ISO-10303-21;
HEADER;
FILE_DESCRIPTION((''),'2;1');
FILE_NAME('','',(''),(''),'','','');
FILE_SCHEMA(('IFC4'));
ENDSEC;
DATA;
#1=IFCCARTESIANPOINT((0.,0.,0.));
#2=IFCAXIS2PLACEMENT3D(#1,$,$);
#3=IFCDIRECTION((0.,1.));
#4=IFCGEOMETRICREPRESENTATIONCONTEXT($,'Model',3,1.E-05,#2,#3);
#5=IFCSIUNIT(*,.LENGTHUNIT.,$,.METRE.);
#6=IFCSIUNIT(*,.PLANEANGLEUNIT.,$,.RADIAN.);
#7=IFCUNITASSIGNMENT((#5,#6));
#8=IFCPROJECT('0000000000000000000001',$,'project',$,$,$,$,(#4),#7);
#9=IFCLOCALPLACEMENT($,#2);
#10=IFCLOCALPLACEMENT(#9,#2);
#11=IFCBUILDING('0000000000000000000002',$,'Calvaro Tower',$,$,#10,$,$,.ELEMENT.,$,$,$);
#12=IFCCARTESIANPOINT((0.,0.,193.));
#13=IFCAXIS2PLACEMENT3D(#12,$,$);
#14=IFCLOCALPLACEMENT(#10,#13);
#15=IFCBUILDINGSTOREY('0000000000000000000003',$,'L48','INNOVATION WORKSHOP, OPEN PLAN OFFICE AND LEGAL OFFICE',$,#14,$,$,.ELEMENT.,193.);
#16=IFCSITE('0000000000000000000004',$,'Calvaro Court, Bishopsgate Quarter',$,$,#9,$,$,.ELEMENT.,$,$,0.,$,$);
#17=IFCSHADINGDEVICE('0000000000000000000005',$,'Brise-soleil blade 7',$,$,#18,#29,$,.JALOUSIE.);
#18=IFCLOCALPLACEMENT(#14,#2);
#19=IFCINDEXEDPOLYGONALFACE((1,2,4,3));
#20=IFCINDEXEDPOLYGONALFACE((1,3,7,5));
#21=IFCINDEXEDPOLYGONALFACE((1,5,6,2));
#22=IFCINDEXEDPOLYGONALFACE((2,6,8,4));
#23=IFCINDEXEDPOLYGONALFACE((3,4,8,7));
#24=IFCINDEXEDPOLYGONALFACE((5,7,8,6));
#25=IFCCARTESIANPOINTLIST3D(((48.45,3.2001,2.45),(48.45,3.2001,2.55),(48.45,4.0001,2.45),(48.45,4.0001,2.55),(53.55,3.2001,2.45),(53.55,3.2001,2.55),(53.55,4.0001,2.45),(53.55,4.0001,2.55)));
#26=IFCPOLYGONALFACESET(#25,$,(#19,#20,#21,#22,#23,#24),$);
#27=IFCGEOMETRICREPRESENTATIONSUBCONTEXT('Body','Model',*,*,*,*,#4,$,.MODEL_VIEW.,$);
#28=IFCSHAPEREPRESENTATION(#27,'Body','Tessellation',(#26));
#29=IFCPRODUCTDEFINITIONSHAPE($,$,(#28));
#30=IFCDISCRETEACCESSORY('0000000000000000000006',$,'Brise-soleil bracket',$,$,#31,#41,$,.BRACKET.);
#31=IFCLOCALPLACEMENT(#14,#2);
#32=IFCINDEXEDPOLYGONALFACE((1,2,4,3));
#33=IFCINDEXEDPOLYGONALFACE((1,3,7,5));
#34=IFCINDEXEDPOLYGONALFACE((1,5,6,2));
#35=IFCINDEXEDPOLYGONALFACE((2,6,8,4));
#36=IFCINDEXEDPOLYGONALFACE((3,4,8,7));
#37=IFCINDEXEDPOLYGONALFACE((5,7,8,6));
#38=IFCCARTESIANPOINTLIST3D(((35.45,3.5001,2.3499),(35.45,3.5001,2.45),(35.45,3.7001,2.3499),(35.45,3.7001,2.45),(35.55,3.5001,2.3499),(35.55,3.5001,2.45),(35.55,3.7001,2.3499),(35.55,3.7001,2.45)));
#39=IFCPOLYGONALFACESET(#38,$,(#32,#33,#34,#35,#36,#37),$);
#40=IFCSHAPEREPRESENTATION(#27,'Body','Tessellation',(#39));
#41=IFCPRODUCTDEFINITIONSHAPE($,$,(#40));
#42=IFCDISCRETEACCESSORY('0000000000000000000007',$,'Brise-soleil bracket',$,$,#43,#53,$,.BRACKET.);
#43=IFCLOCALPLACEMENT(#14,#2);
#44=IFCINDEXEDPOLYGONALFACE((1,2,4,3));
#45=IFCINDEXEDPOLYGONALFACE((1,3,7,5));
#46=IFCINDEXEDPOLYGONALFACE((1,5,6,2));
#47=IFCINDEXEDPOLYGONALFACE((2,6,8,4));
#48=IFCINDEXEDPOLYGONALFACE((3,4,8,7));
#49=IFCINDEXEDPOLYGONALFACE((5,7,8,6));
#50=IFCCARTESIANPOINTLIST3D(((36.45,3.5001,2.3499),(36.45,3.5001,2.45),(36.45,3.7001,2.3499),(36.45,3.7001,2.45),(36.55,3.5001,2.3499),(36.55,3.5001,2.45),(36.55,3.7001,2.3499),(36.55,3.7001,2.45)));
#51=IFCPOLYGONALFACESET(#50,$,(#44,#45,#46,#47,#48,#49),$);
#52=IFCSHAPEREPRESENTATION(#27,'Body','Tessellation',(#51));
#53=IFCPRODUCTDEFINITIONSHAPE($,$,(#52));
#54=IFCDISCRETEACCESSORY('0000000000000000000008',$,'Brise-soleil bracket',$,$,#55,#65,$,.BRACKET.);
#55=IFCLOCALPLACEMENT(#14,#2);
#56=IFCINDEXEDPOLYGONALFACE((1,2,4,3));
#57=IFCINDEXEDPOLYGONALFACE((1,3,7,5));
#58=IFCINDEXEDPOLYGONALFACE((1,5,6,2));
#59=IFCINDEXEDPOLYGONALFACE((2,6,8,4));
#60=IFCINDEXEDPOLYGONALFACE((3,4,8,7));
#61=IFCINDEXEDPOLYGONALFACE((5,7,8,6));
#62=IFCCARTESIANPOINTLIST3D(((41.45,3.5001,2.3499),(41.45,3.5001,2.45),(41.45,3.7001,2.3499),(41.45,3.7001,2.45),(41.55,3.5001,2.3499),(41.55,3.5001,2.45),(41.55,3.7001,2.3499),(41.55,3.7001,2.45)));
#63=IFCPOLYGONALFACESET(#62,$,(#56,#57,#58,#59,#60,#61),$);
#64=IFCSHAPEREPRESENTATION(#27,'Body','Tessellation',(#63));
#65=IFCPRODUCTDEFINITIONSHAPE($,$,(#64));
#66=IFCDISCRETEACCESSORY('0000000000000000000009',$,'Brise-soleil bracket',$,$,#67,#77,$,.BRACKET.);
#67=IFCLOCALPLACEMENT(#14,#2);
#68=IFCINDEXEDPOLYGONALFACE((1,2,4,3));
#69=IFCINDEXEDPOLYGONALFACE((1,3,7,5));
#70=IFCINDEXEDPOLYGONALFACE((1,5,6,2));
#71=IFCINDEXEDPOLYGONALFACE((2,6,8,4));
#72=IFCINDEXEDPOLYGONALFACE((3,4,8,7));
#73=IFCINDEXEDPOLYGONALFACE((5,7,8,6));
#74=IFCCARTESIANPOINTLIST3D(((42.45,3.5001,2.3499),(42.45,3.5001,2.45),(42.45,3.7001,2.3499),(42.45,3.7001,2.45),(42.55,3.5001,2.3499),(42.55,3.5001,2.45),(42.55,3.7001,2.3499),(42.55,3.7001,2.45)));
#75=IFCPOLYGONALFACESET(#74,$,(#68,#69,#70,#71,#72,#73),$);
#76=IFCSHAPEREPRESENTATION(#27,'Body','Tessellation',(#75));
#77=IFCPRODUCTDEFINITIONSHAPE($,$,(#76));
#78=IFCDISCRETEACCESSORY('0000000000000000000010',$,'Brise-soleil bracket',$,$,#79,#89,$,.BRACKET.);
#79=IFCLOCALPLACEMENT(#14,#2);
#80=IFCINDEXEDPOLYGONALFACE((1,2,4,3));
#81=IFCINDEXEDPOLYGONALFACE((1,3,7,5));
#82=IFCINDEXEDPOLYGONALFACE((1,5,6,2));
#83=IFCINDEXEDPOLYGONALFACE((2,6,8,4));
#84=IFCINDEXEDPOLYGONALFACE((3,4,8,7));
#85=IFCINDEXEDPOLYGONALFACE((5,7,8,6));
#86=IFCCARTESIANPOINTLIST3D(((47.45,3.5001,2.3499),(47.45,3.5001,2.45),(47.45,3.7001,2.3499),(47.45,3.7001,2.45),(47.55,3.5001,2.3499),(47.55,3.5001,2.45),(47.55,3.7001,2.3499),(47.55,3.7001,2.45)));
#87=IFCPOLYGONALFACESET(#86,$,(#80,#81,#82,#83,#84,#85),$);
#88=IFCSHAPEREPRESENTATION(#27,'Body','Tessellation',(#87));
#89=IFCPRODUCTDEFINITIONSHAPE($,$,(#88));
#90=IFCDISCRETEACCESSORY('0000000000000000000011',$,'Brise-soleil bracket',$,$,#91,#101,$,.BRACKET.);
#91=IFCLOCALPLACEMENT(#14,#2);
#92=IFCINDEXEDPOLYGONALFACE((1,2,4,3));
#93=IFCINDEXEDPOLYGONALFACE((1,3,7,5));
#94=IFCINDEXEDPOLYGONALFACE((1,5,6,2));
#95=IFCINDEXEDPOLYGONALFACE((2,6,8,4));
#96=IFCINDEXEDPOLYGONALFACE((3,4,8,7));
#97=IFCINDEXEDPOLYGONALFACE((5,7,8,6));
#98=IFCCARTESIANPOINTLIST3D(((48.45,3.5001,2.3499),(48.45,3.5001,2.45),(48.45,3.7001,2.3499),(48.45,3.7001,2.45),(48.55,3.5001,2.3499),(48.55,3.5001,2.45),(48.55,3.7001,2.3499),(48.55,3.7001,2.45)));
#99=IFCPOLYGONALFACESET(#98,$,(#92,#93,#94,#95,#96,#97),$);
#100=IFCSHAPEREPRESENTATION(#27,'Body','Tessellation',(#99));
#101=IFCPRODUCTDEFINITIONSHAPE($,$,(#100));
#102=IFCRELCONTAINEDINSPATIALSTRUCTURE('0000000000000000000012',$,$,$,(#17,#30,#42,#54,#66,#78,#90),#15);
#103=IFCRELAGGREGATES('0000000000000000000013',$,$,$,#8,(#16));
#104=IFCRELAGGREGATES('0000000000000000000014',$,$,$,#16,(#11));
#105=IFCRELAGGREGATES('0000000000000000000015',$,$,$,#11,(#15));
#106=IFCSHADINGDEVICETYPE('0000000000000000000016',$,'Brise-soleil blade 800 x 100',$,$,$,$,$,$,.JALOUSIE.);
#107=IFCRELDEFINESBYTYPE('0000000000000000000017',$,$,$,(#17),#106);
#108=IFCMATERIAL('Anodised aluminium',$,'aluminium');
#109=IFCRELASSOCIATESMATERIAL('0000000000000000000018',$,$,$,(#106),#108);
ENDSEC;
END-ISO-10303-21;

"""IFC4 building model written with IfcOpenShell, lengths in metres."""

from ifc_helpers import new_model, si_unit, direction, frame, origin, origin_2d, place, context, subcontext, project, spatial, rectangle, extrude, material, material_profile, profile_set, type_object, element, save


model = new_model("IFC4")

# Units and contexts
model_context = context("Model", 3, precision=1e-05, world=origin(), true_north=direction((0.0, 1.0)))
body_context = subcontext(model_context, "Body", "Model", "MODEL_VIEW")
ifc_project = project(units=[si_unit("LENGTHUNIT", "METRE"), si_unit("PLANEANGLEUNIT", "RADIAN")], contexts=[model_context])

# Site, building, storey
site_placement = place(None, origin())
site = spatial("IfcSite", under=ifc_project, at=site_placement, Name="Calvaro Court, Bishopsgate Quarter", CompositionType="ELEMENT", RefElevation=0.0)
building_placement = place(site_placement, origin())
building = spatial("IfcBuilding", under=site, at=building_placement, Name="Calvaro Tower", CompositionType="ELEMENT")
storey_placement = place(building_placement, frame((0.0, 0.0, 193.0)))
storey = spatial("IfcBuildingStorey", under=building, at=storey_placement, Name="L48", Description="INNOVATION WORKSHOP, OPEN PLAN OFFICE AND LEGAL OFFICE", CompositionType="ELEMENT", Elevation=193.0)

# Shading device
ifc_material_1 = material(Name="Anodised aluminium", Category="aluminium")
ifc_material_profile_1 = material_profile(ifc_material_1, rectangle(XDim=0.8, YDim=0.1001, at=origin_2d()), Name="Brise-soleil blade 800 x 100")
ifc_profile_set_1 = profile_set([ifc_material_profile_1], Name="Anodised aluminium")
shading_device_type = type_object("IfcShadingDeviceType", Name="Brise-soleil blade 800 x 100", PredefinedType="JALOUSIE", material=ifc_profile_set_1)
for number, where, z_axis, x_axis, name in (
    (1, (48.45, 3.6001, 2.5), (1.0, 0.0, 0.0), (0.0, 1.0, 0.0), "Brise-soleil blade 7"),
):
    element("IfcShadingDevice", number, at=place(storey_placement, frame(where, z_axis=z_axis, x_axis=x_axis)), inside=storey, type_object=shading_device_type, Name=name, PredefinedType="JALOUSIE", context=body_context, shape_type="SweptSolid", body=[
        extrude(rectangle(XDim=0.8, YDim=0.1001, at=origin_2d()), origin(), (0.0, 0.0, 1.0), 5.1001),
    ])

# Discrete accessories
for number, where, z_axis, x_axis, name in (
    (2, (35.5, 3.6001, 2.3499), (0.0, 0.0, 1.0), (1.0, 0.0, 0.0), "Brise-soleil bracket"),
    (3, (36.5, 3.6001, 2.3499), (0.0, 0.0, 1.0), (1.0, 0.0, 0.0), "Brise-soleil bracket"),
    (4, (41.5, 3.6001, 2.3499), (0.0, 0.0, 1.0), (1.0, 0.0, 0.0), "Brise-soleil bracket"),
    (5, (42.5, 3.6001, 2.3499), (0.0, 0.0, 1.0), (1.0, 0.0, 0.0), "Brise-soleil bracket"),
    (6, (47.5, 3.6001, 2.3499), (0.0, 0.0, 1.0), (1.0, 0.0, 0.0), "Brise-soleil bracket"),
    (7, (48.5, 3.6001, 2.3499), (0.0, 0.0, 1.0), (1.0, 0.0, 0.0), "Brise-soleil bracket"),
):
    element("IfcDiscreteAccessory", number, at=place(storey_placement, frame(where, z_axis=z_axis, x_axis=x_axis)), inside=storey, Name=name, PredefinedType="BRACKET", context=body_context, shape_type="SweptSolid", body=[
        extrude(rectangle(XDim=0.1001, YDim=0.2, at=origin_2d()), origin(), (0.0, 0.0, 1.0), 0.1001),
    ])

save(model, "model.ifc")
